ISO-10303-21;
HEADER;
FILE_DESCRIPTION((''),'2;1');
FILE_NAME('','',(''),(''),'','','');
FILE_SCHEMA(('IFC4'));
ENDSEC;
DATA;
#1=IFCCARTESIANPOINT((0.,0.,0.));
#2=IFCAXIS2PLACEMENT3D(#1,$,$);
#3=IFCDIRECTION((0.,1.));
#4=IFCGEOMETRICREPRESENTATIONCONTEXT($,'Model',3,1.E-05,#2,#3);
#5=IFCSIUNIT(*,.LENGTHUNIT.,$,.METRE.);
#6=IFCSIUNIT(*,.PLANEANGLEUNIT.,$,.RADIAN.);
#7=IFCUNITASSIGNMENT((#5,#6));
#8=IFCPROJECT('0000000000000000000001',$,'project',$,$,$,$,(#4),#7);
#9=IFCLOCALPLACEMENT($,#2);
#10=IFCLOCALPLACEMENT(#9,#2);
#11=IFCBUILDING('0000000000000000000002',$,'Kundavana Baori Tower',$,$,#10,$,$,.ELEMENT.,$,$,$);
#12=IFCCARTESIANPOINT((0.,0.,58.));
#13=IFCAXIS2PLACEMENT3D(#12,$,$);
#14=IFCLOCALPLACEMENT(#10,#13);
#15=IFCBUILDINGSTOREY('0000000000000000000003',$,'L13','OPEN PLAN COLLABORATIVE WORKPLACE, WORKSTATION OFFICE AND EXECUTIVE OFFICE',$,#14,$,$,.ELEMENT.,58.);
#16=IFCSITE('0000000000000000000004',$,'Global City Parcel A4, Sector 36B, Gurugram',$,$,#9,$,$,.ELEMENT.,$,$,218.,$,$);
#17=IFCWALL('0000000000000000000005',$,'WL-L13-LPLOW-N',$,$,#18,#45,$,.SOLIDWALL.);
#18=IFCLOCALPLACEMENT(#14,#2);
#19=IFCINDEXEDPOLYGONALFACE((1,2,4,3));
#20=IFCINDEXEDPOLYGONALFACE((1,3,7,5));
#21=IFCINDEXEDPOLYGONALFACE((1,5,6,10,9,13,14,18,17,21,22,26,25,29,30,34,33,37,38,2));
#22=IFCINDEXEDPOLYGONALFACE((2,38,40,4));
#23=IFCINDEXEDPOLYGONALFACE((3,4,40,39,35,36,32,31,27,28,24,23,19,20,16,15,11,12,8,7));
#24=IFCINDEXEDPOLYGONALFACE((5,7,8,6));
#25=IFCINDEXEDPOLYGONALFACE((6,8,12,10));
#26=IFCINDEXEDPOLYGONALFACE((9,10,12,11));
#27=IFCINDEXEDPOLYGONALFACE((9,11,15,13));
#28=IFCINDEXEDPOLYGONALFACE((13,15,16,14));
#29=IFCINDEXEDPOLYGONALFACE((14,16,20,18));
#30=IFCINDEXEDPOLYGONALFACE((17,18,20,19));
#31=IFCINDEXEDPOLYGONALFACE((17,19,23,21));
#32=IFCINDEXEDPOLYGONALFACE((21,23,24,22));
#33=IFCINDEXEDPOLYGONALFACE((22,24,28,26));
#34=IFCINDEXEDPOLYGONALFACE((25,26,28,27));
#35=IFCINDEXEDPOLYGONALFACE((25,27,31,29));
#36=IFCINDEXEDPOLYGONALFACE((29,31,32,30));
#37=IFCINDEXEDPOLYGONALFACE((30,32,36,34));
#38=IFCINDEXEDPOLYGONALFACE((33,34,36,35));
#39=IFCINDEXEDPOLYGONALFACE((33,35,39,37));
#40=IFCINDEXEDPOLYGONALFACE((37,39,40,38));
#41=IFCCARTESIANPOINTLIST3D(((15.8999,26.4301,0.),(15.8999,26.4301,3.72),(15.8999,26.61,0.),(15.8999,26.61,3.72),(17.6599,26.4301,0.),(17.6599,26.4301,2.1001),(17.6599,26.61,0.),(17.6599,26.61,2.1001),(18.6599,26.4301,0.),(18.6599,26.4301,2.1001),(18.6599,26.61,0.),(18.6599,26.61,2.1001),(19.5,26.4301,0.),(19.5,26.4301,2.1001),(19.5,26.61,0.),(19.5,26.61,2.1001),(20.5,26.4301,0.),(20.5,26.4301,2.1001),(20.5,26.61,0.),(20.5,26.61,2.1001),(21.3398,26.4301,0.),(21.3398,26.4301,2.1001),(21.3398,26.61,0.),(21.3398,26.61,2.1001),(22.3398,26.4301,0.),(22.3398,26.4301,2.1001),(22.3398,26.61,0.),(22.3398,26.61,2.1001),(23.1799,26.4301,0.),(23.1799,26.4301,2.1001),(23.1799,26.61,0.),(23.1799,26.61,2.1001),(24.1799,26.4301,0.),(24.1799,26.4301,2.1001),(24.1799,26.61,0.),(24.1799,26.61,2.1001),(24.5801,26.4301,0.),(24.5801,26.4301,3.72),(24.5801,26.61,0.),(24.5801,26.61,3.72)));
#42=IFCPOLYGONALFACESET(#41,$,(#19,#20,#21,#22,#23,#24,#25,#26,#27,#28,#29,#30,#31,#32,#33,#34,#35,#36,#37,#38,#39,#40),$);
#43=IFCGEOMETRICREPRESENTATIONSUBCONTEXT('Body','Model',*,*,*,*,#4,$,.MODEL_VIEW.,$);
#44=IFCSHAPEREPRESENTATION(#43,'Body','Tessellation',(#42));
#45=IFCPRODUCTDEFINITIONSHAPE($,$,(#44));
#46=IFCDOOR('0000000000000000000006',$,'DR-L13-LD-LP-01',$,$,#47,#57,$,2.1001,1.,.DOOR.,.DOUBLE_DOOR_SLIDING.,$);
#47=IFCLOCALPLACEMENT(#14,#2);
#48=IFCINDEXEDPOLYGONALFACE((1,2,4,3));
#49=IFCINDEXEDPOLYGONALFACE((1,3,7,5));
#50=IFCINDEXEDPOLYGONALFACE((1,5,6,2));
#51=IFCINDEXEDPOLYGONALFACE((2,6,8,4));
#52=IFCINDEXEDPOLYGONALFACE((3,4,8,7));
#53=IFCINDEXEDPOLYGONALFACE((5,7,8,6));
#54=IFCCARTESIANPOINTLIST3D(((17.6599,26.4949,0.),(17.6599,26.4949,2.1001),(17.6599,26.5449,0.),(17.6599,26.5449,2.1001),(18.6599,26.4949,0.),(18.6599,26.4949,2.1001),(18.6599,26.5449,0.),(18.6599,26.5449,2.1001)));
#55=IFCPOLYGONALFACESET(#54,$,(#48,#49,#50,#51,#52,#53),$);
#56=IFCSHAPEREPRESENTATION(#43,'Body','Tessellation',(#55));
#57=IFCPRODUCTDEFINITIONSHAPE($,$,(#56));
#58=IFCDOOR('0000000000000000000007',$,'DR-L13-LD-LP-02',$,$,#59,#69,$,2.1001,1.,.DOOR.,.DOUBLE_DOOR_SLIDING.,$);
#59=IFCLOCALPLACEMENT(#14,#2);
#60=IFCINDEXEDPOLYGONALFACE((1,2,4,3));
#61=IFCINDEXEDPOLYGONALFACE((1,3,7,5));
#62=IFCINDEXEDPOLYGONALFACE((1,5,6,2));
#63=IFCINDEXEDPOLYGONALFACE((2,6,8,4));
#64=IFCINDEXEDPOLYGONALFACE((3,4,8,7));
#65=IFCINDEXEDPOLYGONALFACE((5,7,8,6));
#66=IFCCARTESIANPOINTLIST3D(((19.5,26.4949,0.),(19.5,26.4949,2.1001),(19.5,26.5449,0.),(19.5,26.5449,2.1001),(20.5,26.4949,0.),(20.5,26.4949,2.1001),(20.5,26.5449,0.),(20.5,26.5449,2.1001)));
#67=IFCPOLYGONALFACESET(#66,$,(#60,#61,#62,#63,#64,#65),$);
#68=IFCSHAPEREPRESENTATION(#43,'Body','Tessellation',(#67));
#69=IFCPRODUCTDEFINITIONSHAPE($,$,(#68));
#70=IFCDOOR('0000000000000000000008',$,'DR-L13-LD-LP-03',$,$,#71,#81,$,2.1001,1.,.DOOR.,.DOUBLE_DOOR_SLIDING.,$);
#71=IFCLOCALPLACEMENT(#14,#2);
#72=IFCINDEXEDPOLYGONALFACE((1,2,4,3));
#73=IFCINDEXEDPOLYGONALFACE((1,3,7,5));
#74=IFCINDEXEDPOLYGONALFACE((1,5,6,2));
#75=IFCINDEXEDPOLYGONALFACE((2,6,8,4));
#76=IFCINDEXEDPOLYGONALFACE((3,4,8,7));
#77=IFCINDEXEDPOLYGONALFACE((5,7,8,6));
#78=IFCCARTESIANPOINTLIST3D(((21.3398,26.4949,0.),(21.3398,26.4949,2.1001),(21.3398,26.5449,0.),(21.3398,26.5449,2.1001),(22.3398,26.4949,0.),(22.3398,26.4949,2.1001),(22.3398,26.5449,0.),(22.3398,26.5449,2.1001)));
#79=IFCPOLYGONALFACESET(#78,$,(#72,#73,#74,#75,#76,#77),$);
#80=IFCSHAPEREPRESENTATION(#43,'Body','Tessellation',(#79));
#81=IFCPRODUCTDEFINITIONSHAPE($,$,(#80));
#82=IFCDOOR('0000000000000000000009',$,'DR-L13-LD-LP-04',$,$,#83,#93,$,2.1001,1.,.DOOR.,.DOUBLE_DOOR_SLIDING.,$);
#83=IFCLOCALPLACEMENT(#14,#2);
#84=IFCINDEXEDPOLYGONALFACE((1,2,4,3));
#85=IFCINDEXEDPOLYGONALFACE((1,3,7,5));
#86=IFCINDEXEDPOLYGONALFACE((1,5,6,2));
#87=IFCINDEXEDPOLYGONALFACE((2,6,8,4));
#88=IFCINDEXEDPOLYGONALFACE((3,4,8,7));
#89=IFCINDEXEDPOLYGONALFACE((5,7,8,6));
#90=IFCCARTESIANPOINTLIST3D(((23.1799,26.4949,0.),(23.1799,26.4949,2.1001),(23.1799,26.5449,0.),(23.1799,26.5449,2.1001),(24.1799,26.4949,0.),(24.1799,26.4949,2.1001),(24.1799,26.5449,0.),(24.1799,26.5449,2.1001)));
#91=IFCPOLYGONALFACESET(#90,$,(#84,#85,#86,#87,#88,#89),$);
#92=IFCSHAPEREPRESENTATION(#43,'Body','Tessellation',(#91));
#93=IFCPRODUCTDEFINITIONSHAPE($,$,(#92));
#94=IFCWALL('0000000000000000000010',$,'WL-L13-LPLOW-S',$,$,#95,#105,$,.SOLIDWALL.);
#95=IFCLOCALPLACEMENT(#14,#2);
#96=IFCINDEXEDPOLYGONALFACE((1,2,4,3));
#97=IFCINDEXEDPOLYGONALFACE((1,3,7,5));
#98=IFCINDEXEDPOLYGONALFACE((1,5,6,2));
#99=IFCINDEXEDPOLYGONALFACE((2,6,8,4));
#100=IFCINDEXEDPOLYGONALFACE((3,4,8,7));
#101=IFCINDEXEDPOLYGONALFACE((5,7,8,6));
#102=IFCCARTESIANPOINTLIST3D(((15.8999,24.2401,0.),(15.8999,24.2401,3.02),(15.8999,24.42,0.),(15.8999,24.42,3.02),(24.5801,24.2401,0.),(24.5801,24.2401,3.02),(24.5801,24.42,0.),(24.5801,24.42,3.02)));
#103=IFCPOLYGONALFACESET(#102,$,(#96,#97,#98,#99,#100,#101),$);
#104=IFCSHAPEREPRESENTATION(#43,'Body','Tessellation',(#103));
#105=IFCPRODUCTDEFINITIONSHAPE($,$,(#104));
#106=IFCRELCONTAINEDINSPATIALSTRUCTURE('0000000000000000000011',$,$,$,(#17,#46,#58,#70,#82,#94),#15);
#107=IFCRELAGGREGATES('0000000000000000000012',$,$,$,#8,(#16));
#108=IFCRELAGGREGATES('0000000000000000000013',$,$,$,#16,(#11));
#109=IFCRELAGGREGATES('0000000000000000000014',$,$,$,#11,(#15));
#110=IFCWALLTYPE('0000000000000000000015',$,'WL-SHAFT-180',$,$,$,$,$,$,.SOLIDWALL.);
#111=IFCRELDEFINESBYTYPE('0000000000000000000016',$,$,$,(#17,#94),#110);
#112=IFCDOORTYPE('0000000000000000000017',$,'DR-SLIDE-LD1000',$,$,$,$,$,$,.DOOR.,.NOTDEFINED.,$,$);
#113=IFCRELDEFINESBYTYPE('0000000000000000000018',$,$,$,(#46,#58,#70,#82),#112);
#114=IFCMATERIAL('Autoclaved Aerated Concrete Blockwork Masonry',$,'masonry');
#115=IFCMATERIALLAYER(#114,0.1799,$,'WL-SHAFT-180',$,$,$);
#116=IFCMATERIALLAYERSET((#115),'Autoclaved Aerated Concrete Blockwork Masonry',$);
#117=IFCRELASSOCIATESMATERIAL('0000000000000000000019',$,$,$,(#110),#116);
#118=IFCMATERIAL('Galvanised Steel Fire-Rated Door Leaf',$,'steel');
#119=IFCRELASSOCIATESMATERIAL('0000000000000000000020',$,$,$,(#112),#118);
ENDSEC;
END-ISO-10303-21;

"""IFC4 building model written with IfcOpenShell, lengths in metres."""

from ifc_helpers import new_model, si_unit, direction, frame, frame_2d, origin, place, context, subcontext, project, spatial, rectangle, extrude, material, layer, layer_set, type_object, element, fill, save


model = new_model("IFC4")

# Units and contexts
model_context = context("Model", 3, precision=1e-05, world=origin(), true_north=direction((0.0, 1.0)))
body_context = subcontext(model_context, "Body", "Model", "MODEL_VIEW")
ifc_project = project(units=[si_unit("LENGTHUNIT", "METRE"), si_unit("PLANEANGLEUNIT", "RADIAN")], contexts=[model_context])

# Site, building, storey
site_placement = place(None, origin())
site = spatial("IfcSite", under=ifc_project, at=site_placement, Name="Global City Parcel A4, Sector 36B, Gurugram", CompositionType="ELEMENT", RefElevation=218.0)
building_placement = place(site_placement, origin())
building = spatial("IfcBuilding", under=site, at=building_placement, Name="Kundavana Baori Tower", CompositionType="ELEMENT")
storey_placement = place(building_placement, frame((0.0, 0.0, 58.0)))
storey = spatial("IfcBuildingStorey", under=building, at=storey_placement, Name="L13", Description="OPEN PLAN COLLABORATIVE WORKPLACE, WORKSTATION OFFICE AND EXECUTIVE OFFICE", CompositionType="ELEMENT", Elevation=58.0)

# Wall, openings, doors
ifc_material_1 = material(Name="Autoclaved Aerated Concrete Blockwork Masonry", Category="masonry")
ifc_layer_1 = layer(ifc_material_1, 0.1799, Name="WL-SHAFT-180")
ifc_layer_set_1 = layer_set([ifc_layer_1], Name="Autoclaved Aerated Concrete Blockwork Masonry")
wall_type_1 = type_object("IfcWallType", Name="WL-SHAFT-180", PredefinedType="SOLIDWALL", material=ifc_layer_set_1)
wall_1_placement = place(storey_placement, frame((15.8999, 26.52, 0.0), z_axis=(0.0, 0.0, 1.0), x_axis=(1.0, 0.0, 0.0)))
wall_1 = element("IfcWall", 1, at=wall_1_placement, inside=storey, type_object=wall_type_1, Name="WL-L13-LPLOW-N", PredefinedType="SOLIDWALL", context=body_context, shape_type="SweptSolid", body=[
    extrude(rectangle(XDim=8.6802, YDim=0.1799, at=frame_2d((4.3401, 0.0))), origin(), (0.0, 0.0, 1.0), 3.72),
])
opening_1_placement = place(wall_1_placement, frame((1.76, 0.0, 0.0)))
opening_1 = element("IfcOpeningElement", 2, at=opening_1_placement, cuts=wall_1, PredefinedType="OPENING", context=body_context, shape_type="SweptSolid", body=[
    extrude(rectangle(XDim=1.0, YDim=2.1001, at=frame_2d((0.5, 1.05))), frame((0.0, 0.1001, 0.0), z_axis=(0.0, -1.0, 0.0), x_axis=(1.0, 0.0, 0.0)), (0.0, 0.0, 1.0), 0.2),
])
opening_2_placement = place(wall_1_placement, frame((3.6001, 0.0, 0.0)))
opening_2 = element("IfcOpeningElement", 3, at=opening_2_placement, cuts=wall_1, PredefinedType="OPENING", context=body_context, shape_type="SweptSolid", body=[
    extrude(rectangle(XDim=1.0, YDim=2.1001, at=frame_2d((0.5, 1.05))), frame((0.0, 0.1001, 0.0), z_axis=(0.0, -1.0, 0.0), x_axis=(1.0, 0.0, 0.0)), (0.0, 0.0, 1.0), 0.2),
])
opening_3_placement = place(wall_1_placement, frame((5.4399, 0.0, 0.0)))
opening_3 = element("IfcOpeningElement", 4, at=opening_3_placement, cuts=wall_1, PredefinedType="OPENING", context=body_context, shape_type="SweptSolid", body=[
    extrude(rectangle(XDim=1.0, YDim=2.1001, at=frame_2d((0.5, 1.05))), frame((0.0, 0.1001, 0.0), z_axis=(0.0, -1.0, 0.0), x_axis=(1.0, 0.0, 0.0)), (0.0, 0.0, 1.0), 0.2),
])
opening_4_placement = place(wall_1_placement, frame((7.28, 0.0, 0.0)))
opening_4 = element("IfcOpeningElement", 5, at=opening_4_placement, cuts=wall_1, PredefinedType="OPENING", context=body_context, shape_type="SweptSolid", body=[
    extrude(rectangle(XDim=1.0, YDim=2.1001, at=frame_2d((0.5, 1.05))), frame((0.0, 0.1001, 0.0), z_axis=(0.0, -1.0, 0.0), x_axis=(1.0, 0.0, 0.0)), (0.0, 0.0, 1.0), 0.2),
])
ifc_material_2 = material(Name="Galvanised Steel Fire-Rated Door Leaf", Category="steel")
door_type = type_object("IfcDoorType", Name="DR-SLIDE-LD1000", OperationType="NOTDEFINED", PredefinedType="DOOR", material=ifc_material_2)
door_1_placement = place(opening_1_placement, origin())
door_1 = element("IfcDoor", 6, at=door_1_placement, inside=storey, type_object=door_type, Name="DR-L13-LD-LP-01", OperationType="DOUBLE_DOOR_SLIDING", OverallHeight=2.1001, OverallWidth=1.0, PredefinedType="DOOR", context=body_context, shape_type="SweptSolid", body=[
    extrude(rectangle(XDim=1.0, YDim=2.1001, at=frame_2d((0.5, 1.05))), frame((0.0, 0.0249, 0.0), z_axis=(0.0, -1.0, 0.0), x_axis=(1.0, 0.0, 0.0)), (0.0, 0.0, 1.0), 0.05),
])
fill(opening_1, door_1)
door_2_placement = place(opening_2_placement, origin())
door_2 = element("IfcDoor", 7, at=door_2_placement, inside=storey, type_object=door_type, Name="DR-L13-LD-LP-02", OperationType="DOUBLE_DOOR_SLIDING", OverallHeight=2.1001, OverallWidth=1.0, PredefinedType="DOOR", context=body_context, shape_type="SweptSolid", body=[
    extrude(rectangle(XDim=1.0, YDim=2.1001, at=frame_2d((0.5, 1.05))), frame((0.0, 0.0249, 0.0), z_axis=(0.0, -1.0, 0.0), x_axis=(1.0, 0.0, 0.0)), (0.0, 0.0, 1.0), 0.05),
])
fill(opening_2, door_2)
door_3_placement = place(opening_3_placement, origin())
door_3 = element("IfcDoor", 8, at=door_3_placement, inside=storey, type_object=door_type, Name="DR-L13-LD-LP-03", OperationType="DOUBLE_DOOR_SLIDING", OverallHeight=2.1001, OverallWidth=1.0, PredefinedType="DOOR", context=body_context, shape_type="SweptSolid", body=[
    extrude(rectangle(XDim=1.0, YDim=2.1001, at=frame_2d((0.5, 1.05))), frame((0.0, 0.0249, 0.0), z_axis=(0.0, -1.0, 0.0), x_axis=(1.0, 0.0, 0.0)), (0.0, 0.0, 1.0), 0.05),
])
fill(opening_3, door_3)
door_4_placement = place(opening_4_placement, origin())
door_4 = element("IfcDoor", 9, at=door_4_placement, inside=storey, type_object=door_type, Name="DR-L13-LD-LP-04", OperationType="DOUBLE_DOOR_SLIDING", OverallHeight=2.1001, OverallWidth=1.0, PredefinedType="DOOR", context=body_context, shape_type="SweptSolid", body=[
    extrude(rectangle(XDim=1.0, YDim=2.1001, at=frame_2d((0.5, 1.05))), frame((0.0, 0.0249, 0.0), z_axis=(0.0, -1.0, 0.0), x_axis=(1.0, 0.0, 0.0)), (0.0, 0.0, 1.0), 0.05),
])
fill(opening_4, door_4)

# Wall
wall_2_placement = place(storey_placement, frame((15.8999, 24.3301, 0.0), z_axis=(0.0, 0.0, 1.0), x_axis=(1.0, 0.0, 0.0)))
element("IfcWall", 10, at=wall_2_placement, inside=storey, type_object=wall_type_1, Name="WL-L13-LPLOW-S", PredefinedType="SOLIDWALL", context=body_context, shape_type="SweptSolid", body=[
    extrude(rectangle(XDim=8.6802, YDim=0.1799, at=frame_2d((4.3401, 0.0))), origin(), (0.0, 0.0, 1.0), 3.02),
])

save(model, "model.ifc")
